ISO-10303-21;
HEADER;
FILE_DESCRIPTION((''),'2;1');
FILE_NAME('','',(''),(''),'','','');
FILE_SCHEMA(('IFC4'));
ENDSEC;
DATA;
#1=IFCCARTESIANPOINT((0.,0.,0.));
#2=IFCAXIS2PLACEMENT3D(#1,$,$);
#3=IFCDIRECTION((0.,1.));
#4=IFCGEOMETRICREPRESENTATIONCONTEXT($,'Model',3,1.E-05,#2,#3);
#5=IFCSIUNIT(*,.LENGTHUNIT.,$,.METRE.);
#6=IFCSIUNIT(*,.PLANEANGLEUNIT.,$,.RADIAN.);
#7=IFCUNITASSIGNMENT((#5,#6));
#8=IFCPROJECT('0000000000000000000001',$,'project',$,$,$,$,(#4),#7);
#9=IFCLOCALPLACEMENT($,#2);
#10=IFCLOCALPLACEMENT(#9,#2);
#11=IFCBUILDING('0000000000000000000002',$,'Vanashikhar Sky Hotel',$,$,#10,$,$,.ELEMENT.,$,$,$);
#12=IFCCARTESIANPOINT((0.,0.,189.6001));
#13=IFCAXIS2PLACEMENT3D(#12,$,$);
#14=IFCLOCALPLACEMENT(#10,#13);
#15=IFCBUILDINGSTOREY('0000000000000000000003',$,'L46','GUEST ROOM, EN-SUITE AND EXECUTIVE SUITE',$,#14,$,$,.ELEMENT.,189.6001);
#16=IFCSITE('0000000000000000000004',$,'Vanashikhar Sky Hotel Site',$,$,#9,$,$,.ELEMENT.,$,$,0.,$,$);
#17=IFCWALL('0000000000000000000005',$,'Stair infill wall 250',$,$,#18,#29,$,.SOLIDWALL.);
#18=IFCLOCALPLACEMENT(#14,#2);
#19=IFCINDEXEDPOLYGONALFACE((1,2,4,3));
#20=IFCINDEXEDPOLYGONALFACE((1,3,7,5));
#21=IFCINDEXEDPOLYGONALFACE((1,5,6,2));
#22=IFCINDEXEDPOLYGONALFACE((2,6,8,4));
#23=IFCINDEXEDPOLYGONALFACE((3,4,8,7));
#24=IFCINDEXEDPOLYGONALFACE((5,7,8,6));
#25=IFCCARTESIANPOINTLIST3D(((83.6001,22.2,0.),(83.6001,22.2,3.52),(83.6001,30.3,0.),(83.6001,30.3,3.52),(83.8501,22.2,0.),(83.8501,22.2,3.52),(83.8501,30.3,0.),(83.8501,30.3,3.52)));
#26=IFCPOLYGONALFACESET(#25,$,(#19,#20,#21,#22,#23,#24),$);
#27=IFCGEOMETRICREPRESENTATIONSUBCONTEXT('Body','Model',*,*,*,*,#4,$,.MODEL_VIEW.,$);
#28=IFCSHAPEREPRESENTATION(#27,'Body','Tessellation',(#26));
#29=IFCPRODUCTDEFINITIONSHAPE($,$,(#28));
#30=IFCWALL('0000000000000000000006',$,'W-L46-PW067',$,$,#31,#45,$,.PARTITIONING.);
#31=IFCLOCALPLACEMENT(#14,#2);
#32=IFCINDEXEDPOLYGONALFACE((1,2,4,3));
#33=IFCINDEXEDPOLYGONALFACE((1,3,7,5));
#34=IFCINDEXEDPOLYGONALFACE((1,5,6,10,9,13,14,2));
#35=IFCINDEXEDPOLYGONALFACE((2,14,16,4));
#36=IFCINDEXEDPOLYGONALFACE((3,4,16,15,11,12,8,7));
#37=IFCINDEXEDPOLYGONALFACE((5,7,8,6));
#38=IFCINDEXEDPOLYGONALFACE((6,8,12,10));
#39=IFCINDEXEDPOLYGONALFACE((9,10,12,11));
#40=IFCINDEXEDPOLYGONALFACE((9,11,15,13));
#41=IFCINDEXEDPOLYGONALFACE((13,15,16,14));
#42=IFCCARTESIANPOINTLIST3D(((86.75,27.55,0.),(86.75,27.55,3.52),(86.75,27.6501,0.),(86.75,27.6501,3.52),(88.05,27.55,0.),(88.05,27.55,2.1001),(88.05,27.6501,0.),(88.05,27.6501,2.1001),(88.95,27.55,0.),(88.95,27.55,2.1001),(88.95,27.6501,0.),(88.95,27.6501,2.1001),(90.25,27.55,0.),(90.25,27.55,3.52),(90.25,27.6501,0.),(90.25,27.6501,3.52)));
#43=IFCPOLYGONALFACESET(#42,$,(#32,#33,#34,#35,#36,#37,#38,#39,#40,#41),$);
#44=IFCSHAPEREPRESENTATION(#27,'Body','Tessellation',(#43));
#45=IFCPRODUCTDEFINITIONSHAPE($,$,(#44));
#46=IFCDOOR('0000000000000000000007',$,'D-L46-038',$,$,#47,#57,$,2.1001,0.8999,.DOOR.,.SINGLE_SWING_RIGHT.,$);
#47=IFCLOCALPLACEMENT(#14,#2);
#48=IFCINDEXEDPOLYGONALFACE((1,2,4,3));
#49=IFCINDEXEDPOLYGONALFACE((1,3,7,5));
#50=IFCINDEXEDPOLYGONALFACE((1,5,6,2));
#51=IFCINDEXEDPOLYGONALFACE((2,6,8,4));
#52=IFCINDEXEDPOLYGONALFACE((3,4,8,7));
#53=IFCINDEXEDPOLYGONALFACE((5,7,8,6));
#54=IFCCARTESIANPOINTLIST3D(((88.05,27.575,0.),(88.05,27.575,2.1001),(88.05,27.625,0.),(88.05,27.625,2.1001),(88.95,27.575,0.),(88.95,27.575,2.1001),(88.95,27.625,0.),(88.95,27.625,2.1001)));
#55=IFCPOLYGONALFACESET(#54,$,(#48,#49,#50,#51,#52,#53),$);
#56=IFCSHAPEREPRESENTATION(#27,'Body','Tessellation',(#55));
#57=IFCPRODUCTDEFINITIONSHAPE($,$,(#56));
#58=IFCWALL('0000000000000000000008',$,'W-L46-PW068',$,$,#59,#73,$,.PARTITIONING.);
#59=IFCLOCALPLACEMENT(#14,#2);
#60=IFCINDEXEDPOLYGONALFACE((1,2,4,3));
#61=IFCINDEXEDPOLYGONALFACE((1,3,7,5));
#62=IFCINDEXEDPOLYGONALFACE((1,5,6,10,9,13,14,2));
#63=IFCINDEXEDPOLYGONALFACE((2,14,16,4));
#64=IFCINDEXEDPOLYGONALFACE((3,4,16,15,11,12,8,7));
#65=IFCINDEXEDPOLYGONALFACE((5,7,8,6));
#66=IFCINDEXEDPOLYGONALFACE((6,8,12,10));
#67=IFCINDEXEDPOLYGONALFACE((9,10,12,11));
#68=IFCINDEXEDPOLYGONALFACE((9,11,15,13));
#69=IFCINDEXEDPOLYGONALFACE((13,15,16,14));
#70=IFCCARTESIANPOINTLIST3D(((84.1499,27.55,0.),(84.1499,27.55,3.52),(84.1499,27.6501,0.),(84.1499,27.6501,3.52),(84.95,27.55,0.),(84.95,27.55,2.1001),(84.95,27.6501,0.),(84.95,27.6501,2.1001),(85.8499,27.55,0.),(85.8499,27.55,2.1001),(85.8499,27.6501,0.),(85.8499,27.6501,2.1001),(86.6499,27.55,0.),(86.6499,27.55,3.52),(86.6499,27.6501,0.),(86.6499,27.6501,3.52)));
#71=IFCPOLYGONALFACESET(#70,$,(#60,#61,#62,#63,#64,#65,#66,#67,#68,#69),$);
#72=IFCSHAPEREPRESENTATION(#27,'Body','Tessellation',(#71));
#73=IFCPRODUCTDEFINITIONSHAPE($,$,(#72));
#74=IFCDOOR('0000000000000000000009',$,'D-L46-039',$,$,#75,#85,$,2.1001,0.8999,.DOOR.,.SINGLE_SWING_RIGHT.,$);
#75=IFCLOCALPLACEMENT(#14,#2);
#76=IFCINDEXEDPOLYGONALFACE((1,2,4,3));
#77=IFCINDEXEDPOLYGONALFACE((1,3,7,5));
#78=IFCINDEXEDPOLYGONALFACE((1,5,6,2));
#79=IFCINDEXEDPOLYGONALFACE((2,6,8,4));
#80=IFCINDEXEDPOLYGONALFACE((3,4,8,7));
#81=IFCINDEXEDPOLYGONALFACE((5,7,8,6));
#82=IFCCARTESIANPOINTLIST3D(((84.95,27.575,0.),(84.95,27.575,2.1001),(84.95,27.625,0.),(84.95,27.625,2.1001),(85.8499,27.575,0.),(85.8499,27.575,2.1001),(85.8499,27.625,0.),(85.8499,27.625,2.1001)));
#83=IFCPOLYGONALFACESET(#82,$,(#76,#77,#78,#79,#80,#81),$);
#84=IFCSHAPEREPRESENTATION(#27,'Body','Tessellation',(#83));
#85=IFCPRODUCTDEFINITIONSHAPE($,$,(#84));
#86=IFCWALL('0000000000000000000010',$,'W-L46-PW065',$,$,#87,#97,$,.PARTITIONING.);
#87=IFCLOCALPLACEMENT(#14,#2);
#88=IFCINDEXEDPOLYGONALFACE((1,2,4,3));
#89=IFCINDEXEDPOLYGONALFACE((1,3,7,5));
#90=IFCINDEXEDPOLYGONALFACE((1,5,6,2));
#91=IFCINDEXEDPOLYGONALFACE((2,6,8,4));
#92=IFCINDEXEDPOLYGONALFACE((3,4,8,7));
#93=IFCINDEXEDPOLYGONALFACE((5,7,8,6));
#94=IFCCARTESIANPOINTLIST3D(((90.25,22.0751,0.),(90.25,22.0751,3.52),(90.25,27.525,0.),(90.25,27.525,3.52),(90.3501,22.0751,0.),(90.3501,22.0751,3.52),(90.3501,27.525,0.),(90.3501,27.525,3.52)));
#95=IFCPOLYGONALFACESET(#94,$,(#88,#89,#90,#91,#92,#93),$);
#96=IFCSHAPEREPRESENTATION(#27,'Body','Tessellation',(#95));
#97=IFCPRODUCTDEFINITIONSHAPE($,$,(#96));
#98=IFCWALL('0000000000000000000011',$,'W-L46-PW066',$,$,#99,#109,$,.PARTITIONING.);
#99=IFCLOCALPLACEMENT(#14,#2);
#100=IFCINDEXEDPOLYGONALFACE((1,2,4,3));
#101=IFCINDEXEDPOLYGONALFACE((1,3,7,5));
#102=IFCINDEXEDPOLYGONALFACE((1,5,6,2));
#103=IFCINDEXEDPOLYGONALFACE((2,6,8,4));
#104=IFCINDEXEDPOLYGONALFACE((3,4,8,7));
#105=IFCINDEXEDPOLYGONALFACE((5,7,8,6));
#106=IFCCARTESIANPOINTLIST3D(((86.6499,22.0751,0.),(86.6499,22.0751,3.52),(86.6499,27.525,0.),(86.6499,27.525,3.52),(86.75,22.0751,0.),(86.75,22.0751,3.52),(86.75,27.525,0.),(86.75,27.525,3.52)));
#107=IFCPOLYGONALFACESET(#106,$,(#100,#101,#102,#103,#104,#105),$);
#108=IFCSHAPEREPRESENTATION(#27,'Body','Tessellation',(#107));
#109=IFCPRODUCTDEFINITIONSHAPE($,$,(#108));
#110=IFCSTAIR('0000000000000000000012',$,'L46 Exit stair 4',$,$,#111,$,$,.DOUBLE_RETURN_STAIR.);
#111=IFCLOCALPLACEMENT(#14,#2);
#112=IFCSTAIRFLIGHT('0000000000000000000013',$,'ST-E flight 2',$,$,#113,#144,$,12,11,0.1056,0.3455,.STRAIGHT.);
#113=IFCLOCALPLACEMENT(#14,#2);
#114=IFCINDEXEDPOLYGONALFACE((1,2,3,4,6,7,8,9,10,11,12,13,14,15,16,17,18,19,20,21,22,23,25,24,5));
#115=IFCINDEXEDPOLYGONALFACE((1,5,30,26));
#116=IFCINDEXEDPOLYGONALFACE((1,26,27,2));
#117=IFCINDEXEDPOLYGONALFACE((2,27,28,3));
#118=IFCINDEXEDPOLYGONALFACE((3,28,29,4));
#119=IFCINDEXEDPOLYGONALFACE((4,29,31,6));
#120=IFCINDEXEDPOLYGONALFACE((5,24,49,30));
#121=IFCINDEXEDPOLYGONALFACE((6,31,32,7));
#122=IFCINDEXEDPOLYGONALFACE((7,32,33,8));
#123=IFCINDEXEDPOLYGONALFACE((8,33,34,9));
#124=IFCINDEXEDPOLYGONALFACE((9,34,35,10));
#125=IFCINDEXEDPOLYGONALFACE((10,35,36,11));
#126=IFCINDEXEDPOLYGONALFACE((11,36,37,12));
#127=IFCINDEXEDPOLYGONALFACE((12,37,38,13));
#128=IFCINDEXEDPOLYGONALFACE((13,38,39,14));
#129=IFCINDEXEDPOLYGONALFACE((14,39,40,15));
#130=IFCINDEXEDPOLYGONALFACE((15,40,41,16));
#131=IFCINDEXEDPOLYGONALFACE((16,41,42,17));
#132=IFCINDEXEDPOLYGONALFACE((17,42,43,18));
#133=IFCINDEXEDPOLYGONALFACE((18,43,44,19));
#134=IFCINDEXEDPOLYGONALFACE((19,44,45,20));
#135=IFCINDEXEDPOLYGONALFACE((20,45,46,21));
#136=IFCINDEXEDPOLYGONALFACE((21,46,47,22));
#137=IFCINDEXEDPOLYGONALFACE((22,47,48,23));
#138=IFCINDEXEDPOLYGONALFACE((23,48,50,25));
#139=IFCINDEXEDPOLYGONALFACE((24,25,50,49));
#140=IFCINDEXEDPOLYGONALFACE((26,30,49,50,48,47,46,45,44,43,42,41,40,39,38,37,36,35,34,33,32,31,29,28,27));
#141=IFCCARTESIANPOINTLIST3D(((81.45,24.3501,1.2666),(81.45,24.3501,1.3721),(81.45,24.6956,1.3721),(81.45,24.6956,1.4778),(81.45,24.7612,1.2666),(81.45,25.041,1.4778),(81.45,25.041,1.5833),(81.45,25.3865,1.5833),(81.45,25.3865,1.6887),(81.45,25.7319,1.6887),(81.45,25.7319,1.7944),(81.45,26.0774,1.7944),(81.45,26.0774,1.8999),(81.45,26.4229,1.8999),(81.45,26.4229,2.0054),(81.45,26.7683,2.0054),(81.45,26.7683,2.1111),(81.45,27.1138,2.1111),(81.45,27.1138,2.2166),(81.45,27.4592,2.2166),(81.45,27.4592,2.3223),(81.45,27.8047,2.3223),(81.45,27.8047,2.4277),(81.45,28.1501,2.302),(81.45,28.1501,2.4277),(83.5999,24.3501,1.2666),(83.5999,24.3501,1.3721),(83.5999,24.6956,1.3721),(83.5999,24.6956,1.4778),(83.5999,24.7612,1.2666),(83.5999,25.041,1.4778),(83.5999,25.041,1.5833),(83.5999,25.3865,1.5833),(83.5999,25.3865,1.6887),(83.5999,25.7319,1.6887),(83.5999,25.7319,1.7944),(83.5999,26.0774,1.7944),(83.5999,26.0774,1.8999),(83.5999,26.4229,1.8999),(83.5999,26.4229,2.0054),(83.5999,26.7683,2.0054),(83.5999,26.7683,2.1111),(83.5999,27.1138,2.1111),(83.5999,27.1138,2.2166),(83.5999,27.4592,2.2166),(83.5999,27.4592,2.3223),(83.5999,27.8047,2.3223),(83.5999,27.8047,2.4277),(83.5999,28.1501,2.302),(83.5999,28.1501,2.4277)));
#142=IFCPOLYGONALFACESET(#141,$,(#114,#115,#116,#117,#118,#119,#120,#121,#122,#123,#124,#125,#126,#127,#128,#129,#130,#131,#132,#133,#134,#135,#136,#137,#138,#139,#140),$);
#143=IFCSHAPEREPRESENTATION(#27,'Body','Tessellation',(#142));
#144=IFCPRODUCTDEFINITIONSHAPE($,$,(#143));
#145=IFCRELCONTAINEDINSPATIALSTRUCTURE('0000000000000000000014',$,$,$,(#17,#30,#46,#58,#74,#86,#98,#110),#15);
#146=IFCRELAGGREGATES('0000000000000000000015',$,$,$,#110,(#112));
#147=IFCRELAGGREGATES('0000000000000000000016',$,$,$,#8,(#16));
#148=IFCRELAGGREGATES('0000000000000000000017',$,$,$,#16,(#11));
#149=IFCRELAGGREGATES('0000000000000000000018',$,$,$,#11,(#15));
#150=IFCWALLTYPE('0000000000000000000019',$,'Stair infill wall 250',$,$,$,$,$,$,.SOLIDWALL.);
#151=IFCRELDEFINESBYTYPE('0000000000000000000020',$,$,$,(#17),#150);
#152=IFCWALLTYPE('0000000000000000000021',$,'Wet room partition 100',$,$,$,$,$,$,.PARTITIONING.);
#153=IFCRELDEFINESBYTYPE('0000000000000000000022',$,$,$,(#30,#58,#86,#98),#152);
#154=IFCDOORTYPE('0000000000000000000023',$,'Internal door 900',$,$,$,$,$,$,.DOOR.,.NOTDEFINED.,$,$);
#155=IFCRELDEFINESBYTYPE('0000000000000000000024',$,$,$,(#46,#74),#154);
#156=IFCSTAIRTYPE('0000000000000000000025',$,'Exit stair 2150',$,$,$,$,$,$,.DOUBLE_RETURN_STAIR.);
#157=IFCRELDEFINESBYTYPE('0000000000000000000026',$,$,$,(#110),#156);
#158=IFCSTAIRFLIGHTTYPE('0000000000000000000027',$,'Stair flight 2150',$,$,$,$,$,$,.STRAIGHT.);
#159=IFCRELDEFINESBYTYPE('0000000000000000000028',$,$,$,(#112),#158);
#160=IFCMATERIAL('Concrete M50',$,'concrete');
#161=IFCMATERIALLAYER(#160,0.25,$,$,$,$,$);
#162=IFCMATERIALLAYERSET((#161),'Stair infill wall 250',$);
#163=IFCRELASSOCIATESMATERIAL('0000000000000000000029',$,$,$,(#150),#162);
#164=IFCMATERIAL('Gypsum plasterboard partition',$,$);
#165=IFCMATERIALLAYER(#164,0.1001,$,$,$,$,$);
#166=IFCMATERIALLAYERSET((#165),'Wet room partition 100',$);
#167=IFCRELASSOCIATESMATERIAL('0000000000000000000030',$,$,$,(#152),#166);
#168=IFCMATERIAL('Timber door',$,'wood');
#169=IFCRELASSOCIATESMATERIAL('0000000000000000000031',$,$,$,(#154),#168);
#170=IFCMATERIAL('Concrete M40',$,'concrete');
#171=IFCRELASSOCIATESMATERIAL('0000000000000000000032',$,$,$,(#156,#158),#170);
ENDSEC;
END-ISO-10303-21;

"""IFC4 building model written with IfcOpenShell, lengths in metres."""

from ifc_helpers import new_model, si_unit, direction, frame, frame_2d, origin, place, context, subcontext, project, spatial, polyline, rectangle, outline, extrude, source, transform, mapped, material, layer, layer_set, type_object, element, fill, aggregate, save


model = new_model("IFC4")

# Units and contexts
model_context = context("Model", 3, precision=1e-05, world=origin(), true_north=direction((0.0, 1.0)))
body_context = subcontext(model_context, "Body", "Model", "MODEL_VIEW")
ifc_project = project(units=[si_unit("LENGTHUNIT", "METRE"), si_unit("PLANEANGLEUNIT", "RADIAN")], contexts=[model_context])

# Site, building, storey
site_placement = place(None, origin())
site = spatial("IfcSite", under=ifc_project, at=site_placement, Name="Vanashikhar Sky Hotel Site", CompositionType="ELEMENT", RefElevation=0.0)
building_placement = place(site_placement, origin())
building = spatial("IfcBuilding", under=site, at=building_placement, Name="Vanashikhar Sky Hotel", CompositionType="ELEMENT")
storey_placement = place(building_placement, frame((0.0, 0.0, 189.6001)))
storey = spatial("IfcBuildingStorey", under=building, at=storey_placement, Name="L46", Description="GUEST ROOM, EN-SUITE AND EXECUTIVE SUITE", CompositionType="ELEMENT", Elevation=189.6001)

# Shared definitions
ifc_material_1 = material(Name="Concrete M50", Category="concrete")

# Wall
ifc_layer_1 = layer(ifc_material_1, 0.25)
ifc_layer_set_1 = layer_set([ifc_layer_1], Name="Stair infill wall 250")
wall_type_1 = type_object("IfcWallType", Name="Stair infill wall 250", PredefinedType="SOLIDWALL", material=ifc_layer_set_1)
shared_shape_1 = source(origin(), body_context, "Body", "SweptSolid", [
    extrude(rectangle(XDim=8.1001, YDim=0.25, at=frame_2d((4.05, 0.0))), origin(), (0.0, 0.0, 1.0), 3.52),
])
wall_1_placement = place(storey_placement, frame((83.7251, 22.2, 0.0), z_axis=(0.0, 0.0, 1.0), x_axis=(0.0, 1.0, 0.0)))
element("IfcWall", 1, at=wall_1_placement, inside=storey, type_object=wall_type_1, Name="Stair infill wall 250", PredefinedType="SOLIDWALL", context=body_context, shape_type="MappedRepresentation", body=[
    mapped(shared_shape_1, transform((0.0, 0.0, 0.0), scale=1.0)),
])

# Walls, openings, doors
ifc_material_2 = material(Name="Gypsum plasterboard partition")
ifc_layer_2 = layer(ifc_material_2, 0.1001)
ifc_layer_set_2 = layer_set([ifc_layer_2], Name="Wet room partition 100")
wall_type_2 = type_object("IfcWallType", Name="Wet room partition 100", PredefinedType="PARTITIONING", material=ifc_layer_set_2)
shared_shape_2 = source(origin(), body_context, "Body", "SweptSolid", [
    extrude(rectangle(XDim=3.5, YDim=0.1001, at=frame_2d((1.75, 0.0))), origin(), (0.0, 0.0, 1.0), 3.52),
])
wall_2_placement = place(storey_placement, frame((86.75, 27.6001, 0.0), z_axis=(0.0, 0.0, 1.0), x_axis=(1.0, 0.0, 0.0)))
wall_2 = element("IfcWall", 2, at=wall_2_placement, inside=storey, type_object=wall_type_2, Name="W-L46-PW067", PredefinedType="PARTITIONING", context=body_context, shape_type="MappedRepresentation", body=[
    mapped(shared_shape_2, transform((0.0, 0.0, 0.0), scale=1.0)),
])
shared_shape_3 = source(origin(), body_context, "Body", "SweptSolid", [
    extrude(rectangle(XDim=0.8999, YDim=2.1001, at=frame_2d((0.45, 1.05))), frame((0.0, 0.0601, 0.0), z_axis=(0.0, -1.0, 0.0), x_axis=(1.0, 0.0, 0.0)), (0.0, 0.0, 1.0), 0.1201),
])
opening_1_placement = place(wall_2_placement, frame((1.3, 0.0, 0.0)))
opening_1 = element("IfcOpeningElement", 3, at=opening_1_placement, cuts=wall_2, PredefinedType="OPENING", context=body_context, shape_type="MappedRepresentation", body=[
    mapped(shared_shape_3, transform((0.0, 0.0, 0.0), scale=1.0)),
])
ifc_material_3 = material(Name="Timber door", Category="wood")
door_type_1 = type_object("IfcDoorType", Name="Internal door 900", OperationType="NOTDEFINED", PredefinedType="DOOR", material=ifc_material_3)
shared_shape_4 = source(origin(), body_context, "Body", "SweptSolid", [
    extrude(rectangle(XDim=0.8999, YDim=2.1001, at=frame_2d((0.45, 1.05))), frame((0.0, 0.0249, 0.0), z_axis=(0.0, -1.0, 0.0), x_axis=(1.0, 0.0, 0.0)), (0.0, 0.0, 1.0), 0.05),
])
door_1_placement = place(opening_1_placement, origin())
door_1 = element("IfcDoor", 4, at=door_1_placement, inside=storey, type_object=door_type_1, Name="D-L46-038", OperationType="SINGLE_SWING_RIGHT", OverallHeight=2.1001, OverallWidth=0.8999, PredefinedType="DOOR", context=body_context, shape_type="MappedRepresentation", body=[
    mapped(shared_shape_4, transform((0.0, 0.0, 0.0), scale=1.0)),
])
fill(opening_1, door_1)
shared_shape_5 = source(origin(), body_context, "Body", "SweptSolid", [
    extrude(rectangle(XDim=2.5, YDim=0.1001, at=frame_2d((1.25, 0.0))), origin(), (0.0, 0.0, 1.0), 3.52),
])
wall_3_placement = place(storey_placement, frame((84.1499, 27.6001, 0.0), z_axis=(0.0, 0.0, 1.0), x_axis=(1.0, 0.0, 0.0)))
wall_3 = element("IfcWall", 5, at=wall_3_placement, inside=storey, type_object=wall_type_2, Name="W-L46-PW068", PredefinedType="PARTITIONING", context=body_context, shape_type="MappedRepresentation", body=[
    mapped(shared_shape_5, transform((0.0, 0.0, 0.0), scale=1.0)),
])
opening_2_placement = place(wall_3_placement, frame((0.8, 0.0, 0.0)))
opening_2 = element("IfcOpeningElement", 6, at=opening_2_placement, cuts=wall_3, PredefinedType="OPENING", context=body_context, shape_type="MappedRepresentation", body=[
    mapped(shared_shape_3, transform((0.0, 0.0, 0.0), scale=1.0)),
])
door_2_placement = place(opening_2_placement, origin())
door_2 = element("IfcDoor", 7, at=door_2_placement, inside=storey, type_object=door_type_1, Name="D-L46-039", OperationType="SINGLE_SWING_RIGHT", OverallHeight=2.1001, OverallWidth=0.8999, PredefinedType="DOOR", context=body_context, shape_type="MappedRepresentation", body=[
    mapped(shared_shape_4, transform((0.0, 0.0, 0.0), scale=1.0)),
])
fill(opening_2, door_2)

# Walls
shared_shape_6 = source(origin(), body_context, "Body", "SweptSolid", [
    extrude(rectangle(XDim=5.45, YDim=0.1001, at=frame_2d((2.7251, 0.0))), origin(), (0.0, 0.0, 1.0), 3.52),
])
for number, where, z_axis, x_axis, name in (
    (8, (90.3, 22.075, 0.0), (0.0, 0.0, 1.0), (0.0, 1.0, 0.0), "W-L46-PW065"),
    (9, (86.7, 22.075, 0.0), (0.0, 0.0, 1.0), (0.0, 1.0, 0.0), "W-L46-PW066"),
):
    element("IfcWall", number, at=place(storey_placement, frame(where, z_axis=z_axis, x_axis=x_axis)), inside=storey, type_object=wall_type_2, Name=name, PredefinedType="PARTITIONING", context=body_context, shape_type="MappedRepresentation", body=[
        mapped(shared_shape_6, transform((0.0, 0.0, 0.0), scale=1.0)),
    ])

# Stair, stair flight
ifc_material_4 = material(Name="Concrete M40", Category="concrete")
stair_type = type_object("IfcStairType", Name="Exit stair 2150", PredefinedType="DOUBLE_RETURN_STAIR", material=ifc_material_4)
stair_placement = place(storey_placement, origin())
stair = element("IfcStair", 10, at=stair_placement, inside=storey, type_object=stair_type, Name="L46 Exit stair 4", PredefinedType="DOUBLE_RETURN_STAIR")
stair_flight_type = type_object("IfcStairFlightType", Name="Stair flight 2150", PredefinedType="STRAIGHT", material=ifc_material_4)
shared_shape_7 = source(origin(), body_context, "Body", "SweptSolid", [
    extrude(outline(polyline([(0.0, 0.0), (0.0, 0.1055), (0.3455, 0.1055), (0.3455, 0.2112), (0.6909, 0.2112), (0.6909, 0.3167), (1.0364, 0.3167), (1.0364, 0.4221), (1.3818, 0.4221), (1.3818, 0.5278), (1.7273, 0.5278), (1.7273, 0.6333), (2.0728, 0.6333), (2.0728, 0.7388), (2.4182, 0.7388), (2.4182, 0.8445), (2.7637, 0.8445), (2.7637, 0.95), (3.1091, 0.95), (3.1091, 1.0557), (3.4546, 1.0557), (3.4546, 1.1611), (3.8, 1.1611), (3.8, 1.2666), (3.8, 1.0354), (0.4111, 0.0), (0.0, 0.0)])), frame((0.0, 1.075, 0.0), z_axis=(0.0, -1.0, 0.0), x_axis=(1.0, 0.0, 0.0)), (0.0, 0.0, 1.0), 2.1499),
])
stair_flight_placement = place(storey_placement, frame((82.5249, 24.3501, 1.2666), z_axis=(0.0, 0.0, 1.0), x_axis=(0.0, 1.0, 0.0)))
stair_flight = element("IfcStairFlight", 11, at=stair_flight_placement, type_object=stair_flight_type, Name="ST-E flight 2", NumberOfRisers=12, NumberOfTreads=11, PredefinedType="STRAIGHT", RiserHeight=0.1056, TreadLength=0.3455, context=body_context, shape_type="MappedRepresentation", body=[
    mapped(shared_shape_7, transform((0.0, 0.0, 0.0), scale=1.0)),
])
aggregate(stair, [stair_flight])

save(model, "model.ifc")
